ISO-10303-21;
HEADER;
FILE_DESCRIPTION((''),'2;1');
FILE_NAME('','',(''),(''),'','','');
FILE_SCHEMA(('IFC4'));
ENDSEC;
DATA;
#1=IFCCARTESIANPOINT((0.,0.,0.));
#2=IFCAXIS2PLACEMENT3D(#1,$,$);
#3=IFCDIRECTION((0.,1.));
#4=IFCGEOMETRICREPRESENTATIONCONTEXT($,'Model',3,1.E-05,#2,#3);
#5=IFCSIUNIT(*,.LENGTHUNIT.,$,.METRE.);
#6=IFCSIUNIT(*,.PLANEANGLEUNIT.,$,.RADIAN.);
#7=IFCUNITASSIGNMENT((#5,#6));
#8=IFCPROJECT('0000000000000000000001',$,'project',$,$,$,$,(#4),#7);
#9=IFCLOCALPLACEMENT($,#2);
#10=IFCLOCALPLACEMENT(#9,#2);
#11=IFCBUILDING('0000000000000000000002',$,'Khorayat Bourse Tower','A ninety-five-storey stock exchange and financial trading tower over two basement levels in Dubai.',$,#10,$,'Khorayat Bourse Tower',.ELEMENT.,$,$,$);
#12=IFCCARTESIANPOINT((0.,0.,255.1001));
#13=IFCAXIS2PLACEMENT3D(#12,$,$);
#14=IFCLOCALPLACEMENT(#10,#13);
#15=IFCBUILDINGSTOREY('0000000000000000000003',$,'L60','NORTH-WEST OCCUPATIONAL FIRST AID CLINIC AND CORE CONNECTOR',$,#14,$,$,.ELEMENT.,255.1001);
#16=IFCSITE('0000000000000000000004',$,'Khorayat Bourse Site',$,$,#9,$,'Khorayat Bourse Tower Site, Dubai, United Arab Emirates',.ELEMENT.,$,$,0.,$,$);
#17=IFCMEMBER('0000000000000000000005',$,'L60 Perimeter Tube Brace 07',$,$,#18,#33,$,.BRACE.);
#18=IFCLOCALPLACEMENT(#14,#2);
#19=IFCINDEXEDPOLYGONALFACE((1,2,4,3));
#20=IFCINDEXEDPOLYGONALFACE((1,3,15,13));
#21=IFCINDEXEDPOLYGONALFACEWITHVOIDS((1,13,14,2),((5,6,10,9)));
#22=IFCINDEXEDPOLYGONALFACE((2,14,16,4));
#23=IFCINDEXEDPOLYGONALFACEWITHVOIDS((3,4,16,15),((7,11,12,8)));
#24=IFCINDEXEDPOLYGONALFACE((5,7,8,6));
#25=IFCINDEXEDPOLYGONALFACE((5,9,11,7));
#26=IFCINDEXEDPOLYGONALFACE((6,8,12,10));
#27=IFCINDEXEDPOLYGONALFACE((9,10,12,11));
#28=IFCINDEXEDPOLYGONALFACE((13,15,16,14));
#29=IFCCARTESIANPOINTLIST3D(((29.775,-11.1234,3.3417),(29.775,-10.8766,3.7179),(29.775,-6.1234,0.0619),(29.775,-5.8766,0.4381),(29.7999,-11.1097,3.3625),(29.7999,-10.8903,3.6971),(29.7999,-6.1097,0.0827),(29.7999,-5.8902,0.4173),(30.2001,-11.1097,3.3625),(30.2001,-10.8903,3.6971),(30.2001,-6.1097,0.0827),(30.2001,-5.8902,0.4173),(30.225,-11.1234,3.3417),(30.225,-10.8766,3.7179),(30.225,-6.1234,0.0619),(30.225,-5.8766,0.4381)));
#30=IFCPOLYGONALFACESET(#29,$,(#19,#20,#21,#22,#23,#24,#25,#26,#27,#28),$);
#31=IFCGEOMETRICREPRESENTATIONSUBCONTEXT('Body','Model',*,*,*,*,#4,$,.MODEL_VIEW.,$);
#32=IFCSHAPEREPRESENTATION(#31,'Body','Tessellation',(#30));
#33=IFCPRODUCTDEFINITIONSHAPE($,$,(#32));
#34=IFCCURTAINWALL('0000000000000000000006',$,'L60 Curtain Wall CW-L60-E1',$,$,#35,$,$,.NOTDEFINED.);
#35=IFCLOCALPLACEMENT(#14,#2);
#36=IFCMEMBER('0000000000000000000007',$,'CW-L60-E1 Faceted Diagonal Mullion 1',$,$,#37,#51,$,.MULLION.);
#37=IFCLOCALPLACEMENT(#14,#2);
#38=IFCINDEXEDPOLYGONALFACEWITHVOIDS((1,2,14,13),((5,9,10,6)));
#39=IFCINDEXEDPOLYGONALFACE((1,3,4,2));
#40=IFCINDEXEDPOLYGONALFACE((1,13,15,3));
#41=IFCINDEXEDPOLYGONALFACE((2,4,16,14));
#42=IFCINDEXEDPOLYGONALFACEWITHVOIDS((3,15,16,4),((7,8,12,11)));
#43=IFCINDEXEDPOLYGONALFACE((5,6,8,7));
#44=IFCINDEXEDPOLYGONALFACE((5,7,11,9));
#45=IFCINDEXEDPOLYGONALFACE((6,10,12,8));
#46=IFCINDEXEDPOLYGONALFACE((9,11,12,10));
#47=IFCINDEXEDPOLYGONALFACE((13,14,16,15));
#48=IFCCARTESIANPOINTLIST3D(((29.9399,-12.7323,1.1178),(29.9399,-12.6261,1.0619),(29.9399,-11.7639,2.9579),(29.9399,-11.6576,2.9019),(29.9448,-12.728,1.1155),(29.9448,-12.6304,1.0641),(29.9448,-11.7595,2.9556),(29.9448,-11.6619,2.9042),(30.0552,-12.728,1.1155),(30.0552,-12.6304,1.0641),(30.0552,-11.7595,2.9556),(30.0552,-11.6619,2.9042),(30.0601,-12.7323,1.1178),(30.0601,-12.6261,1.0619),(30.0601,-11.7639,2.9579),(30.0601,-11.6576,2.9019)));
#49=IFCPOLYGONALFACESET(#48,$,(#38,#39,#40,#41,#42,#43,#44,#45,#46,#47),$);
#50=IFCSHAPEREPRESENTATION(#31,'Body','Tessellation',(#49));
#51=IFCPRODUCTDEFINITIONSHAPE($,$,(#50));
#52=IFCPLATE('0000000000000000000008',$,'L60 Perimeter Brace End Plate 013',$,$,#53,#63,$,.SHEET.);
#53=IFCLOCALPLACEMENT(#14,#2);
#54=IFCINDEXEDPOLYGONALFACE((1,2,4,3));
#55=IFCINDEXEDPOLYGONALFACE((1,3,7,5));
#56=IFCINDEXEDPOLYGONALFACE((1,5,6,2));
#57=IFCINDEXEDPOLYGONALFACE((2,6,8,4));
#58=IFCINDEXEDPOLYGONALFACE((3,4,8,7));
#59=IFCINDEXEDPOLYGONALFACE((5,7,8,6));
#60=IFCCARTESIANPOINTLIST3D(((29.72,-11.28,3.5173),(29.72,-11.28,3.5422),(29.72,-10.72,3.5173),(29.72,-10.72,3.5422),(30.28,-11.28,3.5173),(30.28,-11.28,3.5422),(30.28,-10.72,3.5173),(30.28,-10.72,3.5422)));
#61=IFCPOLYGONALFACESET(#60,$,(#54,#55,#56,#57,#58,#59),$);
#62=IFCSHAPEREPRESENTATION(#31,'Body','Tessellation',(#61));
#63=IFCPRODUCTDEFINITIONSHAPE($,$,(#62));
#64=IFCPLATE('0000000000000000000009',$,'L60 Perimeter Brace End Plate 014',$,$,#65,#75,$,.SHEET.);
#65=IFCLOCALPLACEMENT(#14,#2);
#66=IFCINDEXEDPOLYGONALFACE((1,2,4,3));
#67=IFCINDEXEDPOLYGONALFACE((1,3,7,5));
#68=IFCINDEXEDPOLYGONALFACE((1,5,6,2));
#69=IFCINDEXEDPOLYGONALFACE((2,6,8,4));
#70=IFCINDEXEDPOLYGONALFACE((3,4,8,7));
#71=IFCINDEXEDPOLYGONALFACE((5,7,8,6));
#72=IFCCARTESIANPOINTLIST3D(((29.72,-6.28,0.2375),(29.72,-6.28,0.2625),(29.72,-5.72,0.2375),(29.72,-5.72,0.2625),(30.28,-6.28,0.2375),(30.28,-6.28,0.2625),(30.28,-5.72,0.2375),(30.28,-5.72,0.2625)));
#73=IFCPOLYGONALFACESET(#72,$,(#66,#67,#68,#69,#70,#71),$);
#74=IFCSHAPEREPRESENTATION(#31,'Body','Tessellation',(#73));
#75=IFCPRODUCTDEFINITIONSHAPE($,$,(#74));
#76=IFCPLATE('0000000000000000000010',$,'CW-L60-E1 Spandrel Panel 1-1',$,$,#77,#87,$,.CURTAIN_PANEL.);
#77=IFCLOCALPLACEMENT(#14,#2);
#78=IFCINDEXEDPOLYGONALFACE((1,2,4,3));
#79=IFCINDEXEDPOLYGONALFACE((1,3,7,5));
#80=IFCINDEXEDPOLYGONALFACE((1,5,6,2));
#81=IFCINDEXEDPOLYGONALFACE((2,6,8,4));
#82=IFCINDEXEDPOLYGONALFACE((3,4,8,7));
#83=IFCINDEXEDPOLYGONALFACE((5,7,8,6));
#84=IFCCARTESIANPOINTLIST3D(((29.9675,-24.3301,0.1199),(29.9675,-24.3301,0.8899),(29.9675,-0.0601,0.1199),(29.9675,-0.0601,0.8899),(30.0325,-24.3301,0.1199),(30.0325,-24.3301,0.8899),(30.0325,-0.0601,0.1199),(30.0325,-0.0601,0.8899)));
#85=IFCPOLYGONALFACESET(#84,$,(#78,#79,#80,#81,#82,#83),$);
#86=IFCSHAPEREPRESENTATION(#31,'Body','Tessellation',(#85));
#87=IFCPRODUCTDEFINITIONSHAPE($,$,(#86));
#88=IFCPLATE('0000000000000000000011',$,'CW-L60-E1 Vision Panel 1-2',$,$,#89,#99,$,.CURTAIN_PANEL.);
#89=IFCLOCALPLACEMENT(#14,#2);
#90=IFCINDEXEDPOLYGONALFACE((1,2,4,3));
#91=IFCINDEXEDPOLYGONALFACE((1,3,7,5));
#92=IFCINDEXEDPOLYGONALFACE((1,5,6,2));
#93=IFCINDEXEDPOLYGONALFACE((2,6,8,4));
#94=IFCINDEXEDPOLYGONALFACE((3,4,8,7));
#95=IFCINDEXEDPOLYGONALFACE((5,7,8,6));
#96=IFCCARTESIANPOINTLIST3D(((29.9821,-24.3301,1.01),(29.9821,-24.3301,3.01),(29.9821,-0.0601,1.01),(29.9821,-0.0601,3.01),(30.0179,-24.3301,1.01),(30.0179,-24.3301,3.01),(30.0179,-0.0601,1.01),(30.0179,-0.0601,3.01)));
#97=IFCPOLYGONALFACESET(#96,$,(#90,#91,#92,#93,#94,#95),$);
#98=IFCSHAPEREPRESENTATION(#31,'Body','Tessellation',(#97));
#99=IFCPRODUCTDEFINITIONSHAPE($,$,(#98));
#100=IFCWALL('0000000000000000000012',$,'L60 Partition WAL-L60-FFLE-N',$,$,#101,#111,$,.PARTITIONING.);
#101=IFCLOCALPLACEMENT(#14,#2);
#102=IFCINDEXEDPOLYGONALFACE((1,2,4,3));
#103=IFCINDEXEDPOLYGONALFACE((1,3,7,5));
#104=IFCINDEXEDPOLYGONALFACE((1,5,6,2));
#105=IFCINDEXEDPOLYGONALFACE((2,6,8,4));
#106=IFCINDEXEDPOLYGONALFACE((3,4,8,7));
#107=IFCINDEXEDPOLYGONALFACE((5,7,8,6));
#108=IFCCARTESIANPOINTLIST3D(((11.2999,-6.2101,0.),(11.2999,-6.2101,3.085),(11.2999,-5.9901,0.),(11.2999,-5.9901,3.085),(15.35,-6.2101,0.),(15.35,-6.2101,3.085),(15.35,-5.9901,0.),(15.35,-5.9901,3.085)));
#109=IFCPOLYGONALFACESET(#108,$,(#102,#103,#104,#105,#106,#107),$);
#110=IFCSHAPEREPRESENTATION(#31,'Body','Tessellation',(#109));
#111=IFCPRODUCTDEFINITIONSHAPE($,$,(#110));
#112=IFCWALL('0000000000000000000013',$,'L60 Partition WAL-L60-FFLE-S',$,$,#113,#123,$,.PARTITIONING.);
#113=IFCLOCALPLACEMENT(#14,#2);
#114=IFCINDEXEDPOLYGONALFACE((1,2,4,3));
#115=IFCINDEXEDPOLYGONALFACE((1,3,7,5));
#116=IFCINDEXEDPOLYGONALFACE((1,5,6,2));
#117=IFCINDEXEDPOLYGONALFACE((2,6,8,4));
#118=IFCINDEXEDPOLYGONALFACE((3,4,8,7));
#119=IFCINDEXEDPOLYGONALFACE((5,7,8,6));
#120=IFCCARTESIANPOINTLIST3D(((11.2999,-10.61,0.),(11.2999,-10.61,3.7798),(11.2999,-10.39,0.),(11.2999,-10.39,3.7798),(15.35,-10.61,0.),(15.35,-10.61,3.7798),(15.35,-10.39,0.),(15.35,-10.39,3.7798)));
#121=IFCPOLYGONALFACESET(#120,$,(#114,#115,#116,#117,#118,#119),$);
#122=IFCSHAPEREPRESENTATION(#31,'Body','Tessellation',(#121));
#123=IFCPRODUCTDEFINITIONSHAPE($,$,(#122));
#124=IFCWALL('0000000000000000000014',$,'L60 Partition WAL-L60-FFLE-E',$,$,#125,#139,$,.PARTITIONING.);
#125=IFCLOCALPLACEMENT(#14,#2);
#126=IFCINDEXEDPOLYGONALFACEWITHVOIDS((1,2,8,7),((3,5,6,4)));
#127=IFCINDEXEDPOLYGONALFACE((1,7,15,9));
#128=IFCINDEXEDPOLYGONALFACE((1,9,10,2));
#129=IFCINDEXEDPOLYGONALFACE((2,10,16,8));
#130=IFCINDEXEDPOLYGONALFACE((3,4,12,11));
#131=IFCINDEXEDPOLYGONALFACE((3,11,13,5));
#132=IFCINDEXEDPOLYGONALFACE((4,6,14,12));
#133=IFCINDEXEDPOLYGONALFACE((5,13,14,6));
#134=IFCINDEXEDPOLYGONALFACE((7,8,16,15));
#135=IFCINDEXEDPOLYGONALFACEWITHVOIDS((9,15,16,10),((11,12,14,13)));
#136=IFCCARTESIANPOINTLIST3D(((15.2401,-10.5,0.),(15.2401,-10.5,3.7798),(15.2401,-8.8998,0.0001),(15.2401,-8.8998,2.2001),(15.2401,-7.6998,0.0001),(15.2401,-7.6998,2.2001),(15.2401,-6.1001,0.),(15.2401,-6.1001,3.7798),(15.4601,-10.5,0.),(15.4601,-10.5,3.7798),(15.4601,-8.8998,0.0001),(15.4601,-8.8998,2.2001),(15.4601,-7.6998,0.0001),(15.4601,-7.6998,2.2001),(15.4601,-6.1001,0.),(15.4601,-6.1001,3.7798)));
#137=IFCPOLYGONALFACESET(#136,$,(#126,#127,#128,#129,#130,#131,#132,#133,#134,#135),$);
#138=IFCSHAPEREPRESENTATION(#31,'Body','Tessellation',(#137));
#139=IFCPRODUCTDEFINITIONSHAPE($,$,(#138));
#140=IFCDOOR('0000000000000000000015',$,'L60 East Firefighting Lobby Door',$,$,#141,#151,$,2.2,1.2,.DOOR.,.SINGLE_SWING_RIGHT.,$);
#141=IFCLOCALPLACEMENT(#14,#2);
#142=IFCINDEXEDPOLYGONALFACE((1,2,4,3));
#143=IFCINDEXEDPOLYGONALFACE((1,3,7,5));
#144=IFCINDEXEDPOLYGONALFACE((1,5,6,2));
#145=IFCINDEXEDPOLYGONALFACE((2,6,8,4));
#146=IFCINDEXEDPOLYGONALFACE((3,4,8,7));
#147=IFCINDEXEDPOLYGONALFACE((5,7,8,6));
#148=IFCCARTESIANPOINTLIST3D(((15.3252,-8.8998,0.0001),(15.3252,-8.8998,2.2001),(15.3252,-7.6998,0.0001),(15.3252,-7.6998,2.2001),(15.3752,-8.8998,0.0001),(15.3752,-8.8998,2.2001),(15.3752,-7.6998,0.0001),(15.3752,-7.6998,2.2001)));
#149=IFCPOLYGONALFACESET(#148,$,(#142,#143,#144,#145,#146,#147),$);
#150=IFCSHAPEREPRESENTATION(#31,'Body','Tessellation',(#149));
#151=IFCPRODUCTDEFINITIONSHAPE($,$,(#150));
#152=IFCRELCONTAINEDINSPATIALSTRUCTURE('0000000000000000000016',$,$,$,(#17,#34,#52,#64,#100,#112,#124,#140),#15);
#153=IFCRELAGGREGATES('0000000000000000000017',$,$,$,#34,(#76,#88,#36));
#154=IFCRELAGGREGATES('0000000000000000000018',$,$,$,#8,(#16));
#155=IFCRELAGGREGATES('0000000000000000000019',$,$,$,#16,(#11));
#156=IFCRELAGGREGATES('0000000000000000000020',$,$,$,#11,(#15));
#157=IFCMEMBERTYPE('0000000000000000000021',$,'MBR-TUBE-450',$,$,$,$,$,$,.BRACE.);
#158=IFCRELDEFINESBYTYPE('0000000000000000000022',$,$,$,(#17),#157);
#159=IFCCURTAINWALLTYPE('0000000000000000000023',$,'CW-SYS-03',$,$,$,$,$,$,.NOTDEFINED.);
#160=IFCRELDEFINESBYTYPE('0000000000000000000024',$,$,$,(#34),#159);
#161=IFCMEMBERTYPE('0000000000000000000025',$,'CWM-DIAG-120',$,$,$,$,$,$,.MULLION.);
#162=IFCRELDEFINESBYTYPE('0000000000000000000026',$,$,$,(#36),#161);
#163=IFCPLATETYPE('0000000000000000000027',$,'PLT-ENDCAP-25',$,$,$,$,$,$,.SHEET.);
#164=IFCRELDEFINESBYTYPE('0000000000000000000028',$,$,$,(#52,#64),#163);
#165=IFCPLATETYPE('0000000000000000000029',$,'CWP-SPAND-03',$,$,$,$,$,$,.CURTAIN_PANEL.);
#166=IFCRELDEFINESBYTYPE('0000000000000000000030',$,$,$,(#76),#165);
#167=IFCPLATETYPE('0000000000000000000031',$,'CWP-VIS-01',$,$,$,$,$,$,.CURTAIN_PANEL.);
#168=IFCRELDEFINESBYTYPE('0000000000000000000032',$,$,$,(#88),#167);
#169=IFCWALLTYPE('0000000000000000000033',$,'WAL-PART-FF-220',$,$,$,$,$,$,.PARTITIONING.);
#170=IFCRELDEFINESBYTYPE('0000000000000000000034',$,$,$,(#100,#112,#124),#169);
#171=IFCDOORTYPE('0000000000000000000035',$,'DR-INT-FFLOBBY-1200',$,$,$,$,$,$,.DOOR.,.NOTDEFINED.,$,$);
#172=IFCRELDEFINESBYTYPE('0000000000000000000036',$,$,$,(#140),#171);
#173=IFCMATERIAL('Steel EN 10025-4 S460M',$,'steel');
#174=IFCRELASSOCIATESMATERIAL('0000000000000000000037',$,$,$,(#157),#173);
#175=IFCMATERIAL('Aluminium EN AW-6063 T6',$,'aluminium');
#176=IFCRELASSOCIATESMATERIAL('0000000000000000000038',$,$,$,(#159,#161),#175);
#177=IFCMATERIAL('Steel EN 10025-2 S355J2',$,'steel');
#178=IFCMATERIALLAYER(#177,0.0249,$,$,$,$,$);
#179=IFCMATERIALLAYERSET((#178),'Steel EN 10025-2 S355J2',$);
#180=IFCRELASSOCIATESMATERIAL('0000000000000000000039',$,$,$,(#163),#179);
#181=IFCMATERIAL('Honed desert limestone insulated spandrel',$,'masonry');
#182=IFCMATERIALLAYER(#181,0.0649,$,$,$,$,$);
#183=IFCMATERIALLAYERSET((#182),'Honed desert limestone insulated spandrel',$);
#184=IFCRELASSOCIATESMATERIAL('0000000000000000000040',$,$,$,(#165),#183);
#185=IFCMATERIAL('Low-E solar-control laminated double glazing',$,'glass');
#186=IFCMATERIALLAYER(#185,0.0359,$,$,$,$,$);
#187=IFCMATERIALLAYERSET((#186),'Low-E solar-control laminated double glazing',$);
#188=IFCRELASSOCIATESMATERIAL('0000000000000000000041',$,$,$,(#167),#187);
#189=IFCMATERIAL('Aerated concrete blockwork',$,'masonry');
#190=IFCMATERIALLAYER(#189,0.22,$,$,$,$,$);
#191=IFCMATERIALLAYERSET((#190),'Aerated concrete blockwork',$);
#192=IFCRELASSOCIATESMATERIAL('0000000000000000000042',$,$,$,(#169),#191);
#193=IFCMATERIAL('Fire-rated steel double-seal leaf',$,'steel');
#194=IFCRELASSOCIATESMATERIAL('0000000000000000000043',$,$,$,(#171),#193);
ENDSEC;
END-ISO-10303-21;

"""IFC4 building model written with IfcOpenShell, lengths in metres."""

from ifc_helpers import new_model, si_unit, direction, frame, frame_2d, origin, origin_2d, place, context, subcontext, project, spatial, rectangle, hollow_rectangle, extrude, source, transform, mapped, material, layer, layer_set, material_profile, profile_set, type_object, element, fill, aggregate, save


model = new_model("IFC4")

# Units and contexts
model_context = context("Model", 3, precision=1e-05, world=origin(), true_north=direction((0.0, 1.0)))
body_context = subcontext(model_context, "Body", "Model", "MODEL_VIEW")
ifc_project = project(units=[si_unit("LENGTHUNIT", "METRE"), si_unit("PLANEANGLEUNIT", "RADIAN")], contexts=[model_context])

# Site, building, storey
site_placement = place(None, origin())
site = spatial("IfcSite", under=ifc_project, at=site_placement, Name="Khorayat Bourse Site", LongName="Khorayat Bourse Tower Site, Dubai, United Arab Emirates", CompositionType="ELEMENT", RefElevation=0.0)
building_placement = place(site_placement, origin())
building = spatial("IfcBuilding", under=site, at=building_placement, Name="Khorayat Bourse Tower", Description="A ninety-five-storey stock exchange and financial trading tower over two basement levels in Dubai.", LongName="Khorayat Bourse Tower", CompositionType="ELEMENT")
storey_placement = place(building_placement, frame((0.0, 0.0, 255.1001)))
storey = spatial("IfcBuildingStorey", under=building, at=storey_placement, Name="L60", Description="NORTH-WEST OCCUPATIONAL FIRST AID CLINIC AND CORE CONNECTOR", CompositionType="ELEMENT", Elevation=255.1001)

# Shared definitions
ifc_material_1 = material(Name="Steel EN 10025-4 S460M", Category="steel")

# Member
ifc_material_profile_1 = material_profile(ifc_material_1, hollow_rectangle(XDim=0.45, YDim=0.45, WallThickness=0.0249, at=origin_2d()), Name="HSS 450x450x25")
ifc_profile_set_1 = profile_set([ifc_material_profile_1], Name="Steel EN 10025-4 S460M")
member_type_1 = type_object("IfcMemberType", Name="MBR-TUBE-450", PredefinedType="BRACE", material=ifc_profile_set_1)
shared_shape_1 = source(origin(), body_context, "Body", "SweptSolid", [
    extrude(hollow_rectangle(XDim=0.45, YDim=0.45, WallThickness=0.0249, at=origin_2d()), origin(), (0.0, 0.0, 1.0), 5.9797),
])
member_1_placement = place(storey_placement, frame((30.0, -11.0, 3.5298), z_axis=(0.0, 0.83616, -0.548485), x_axis=(-1.0, 0.0, 0.0)))
element("IfcMember", 1, at=member_1_placement, inside=storey, type_object=member_type_1, Name="L60 Perimeter Tube Brace 07", PredefinedType="BRACE", context=body_context, shape_type="MappedRepresentation", body=[
    mapped(shared_shape_1, transform((0.0, 0.0, 0.0), scale=1.0)),
])

# Curtain wall, member
ifc_material_2 = material(Name="Aluminium EN AW-6063 T6", Category="aluminium")
curtain_wall_type = type_object("IfcCurtainWallType", Name="CW-SYS-03", PredefinedType="NOTDEFINED", material=ifc_material_2)
curtain_wall_placement = place(storey_placement, origin())
curtain_wall = element("IfcCurtainWall", 2, at=curtain_wall_placement, inside=storey, type_object=curtain_wall_type, Name="L60 Curtain Wall CW-L60-E1", PredefinedType="NOTDEFINED")
ifc_material_profile_2 = material_profile(ifc_material_2, hollow_rectangle(XDim=0.1201, YDim=0.1201, WallThickness=0.0049, at=origin_2d()), Name="ALU 120x120x5")
ifc_profile_set_2 = profile_set([ifc_material_profile_2], Name="Aluminium EN AW-6063 T6")
member_type_2 = type_object("IfcMemberType", Name="CWM-DIAG-120", PredefinedType="MULLION", material=ifc_profile_set_2)
shared_shape_2 = source(origin(), body_context, "Body", "SweptSolid", [
    extrude(hollow_rectangle(XDim=0.1201, YDim=0.1201, WallThickness=0.0049, at=origin_2d()), origin(), (0.0, 0.0, 1.0), 2.0793),
])
member_2_placement = place(storey_placement, frame((30.0, -12.6792, 1.0898), z_axis=(0.0, 0.465761, 0.884911), x_axis=(-1.0, 0.0, 0.0)))
member_2 = element("IfcMember", 3, at=member_2_placement, type_object=member_type_2, Name="CW-L60-E1 Faceted Diagonal Mullion 1", PredefinedType="MULLION", context=body_context, shape_type="MappedRepresentation", body=[
    mapped(shared_shape_2, transform((0.0, 0.0, 0.0), scale=1.0)),
])

# Plates
ifc_material_3 = material(Name="Steel EN 10025-2 S355J2", Category="steel")
ifc_layer_1 = layer(ifc_material_3, 0.0249)
ifc_layer_set_1 = layer_set([ifc_layer_1], Name="Steel EN 10025-2 S355J2")
plate_type_1 = type_object("IfcPlateType", Name="PLT-ENDCAP-25", PredefinedType="SHEET", material=ifc_layer_set_1)
shared_shape_3 = source(origin(), body_context, "Body", "SweptSolid", [
    extrude(rectangle(XDim=0.5601, YDim=0.5601, at=origin_2d()), origin(), (0.0, 0.0, 1.0), 0.0249),
])
for number, where, z_axis, x_axis, name in (
    (4, (30.0, -11.0, 3.5173), (0.0, 0.0, 1.0), (1.0, 0.0, 0.0), "L60 Perimeter Brace End Plate 013"),
    (5, (30.0, -6.0, 0.2375), (0.0, 0.0, 1.0), (1.0, 0.0, 0.0), "L60 Perimeter Brace End Plate 014"),
):
    element("IfcPlate", number, at=place(storey_placement, frame(where, z_axis=z_axis, x_axis=x_axis)), inside=storey, type_object=plate_type_1, Name=name, PredefinedType="SHEET", context=body_context, shape_type="MappedRepresentation", body=[
        mapped(shared_shape_3, transform((0.0, 0.0, 0.0), scale=1.0)),
    ])

# Plates
ifc_material_4 = material(Name="Honed desert limestone insulated spandrel", Category="masonry")
ifc_layer_2 = layer(ifc_material_4, 0.0649)
ifc_layer_set_2 = layer_set([ifc_layer_2], Name="Honed desert limestone insulated spandrel")
plate_type_2 = type_object("IfcPlateType", Name="CWP-SPAND-03", PredefinedType="CURTAIN_PANEL", material=ifc_layer_set_2)
shared_shape_4 = source(origin(), body_context, "Body", "SweptSolid", [
    extrude(rectangle(XDim=24.27, YDim=0.0649, at=origin_2d()), origin(), (0.0, 0.0, 1.0), 0.77),
])
plate_1_placement = place(storey_placement, frame((30.0, -12.1951, 0.1199), z_axis=(0.0, 0.0, 1.0), x_axis=(0.0, 1.0, 0.0)))
plate_1 = element("IfcPlate", 6, at=plate_1_placement, type_object=plate_type_2, Name="CW-L60-E1 Spandrel Panel 1-1", PredefinedType="CURTAIN_PANEL", context=body_context, shape_type="MappedRepresentation", body=[
    mapped(shared_shape_4, transform((0.0, 0.0, 0.0), scale=1.0)),
])
ifc_material_5 = material(Name="Low-E solar-control laminated double glazing", Category="glass")
ifc_layer_3 = layer(ifc_material_5, 0.0359)
ifc_layer_set_3 = layer_set([ifc_layer_3], Name="Low-E solar-control laminated double glazing")
plate_type_3 = type_object("IfcPlateType", Name="CWP-VIS-01", PredefinedType="CURTAIN_PANEL", material=ifc_layer_set_3)
shared_shape_5 = source(origin(), body_context, "Body", "SweptSolid", [
    extrude(rectangle(XDim=24.27, YDim=0.0359, at=origin_2d()), origin(), (0.0, 0.0, 1.0), 2.0),
])
plate_2_placement = place(storey_placement, frame((30.0, -12.1951, 1.01), z_axis=(0.0, 0.0, 1.0), x_axis=(0.0, 1.0, 0.0)))
plate_2 = element("IfcPlate", 7, at=plate_2_placement, type_object=plate_type_3, Name="CW-L60-E1 Vision Panel 1-2", PredefinedType="CURTAIN_PANEL", context=body_context, shape_type="MappedRepresentation", body=[
    mapped(shared_shape_5, transform((0.0, 0.0, 0.0), scale=1.0)),
])
aggregate(curtain_wall, [plate_1, plate_2, member_2])

# Walls
ifc_material_6 = material(Name="Aerated concrete blockwork", Category="masonry")
ifc_layer_4 = layer(ifc_material_6, 0.22)
ifc_layer_set_4 = layer_set([ifc_layer_4], Name="Aerated concrete blockwork")
wall_type_1 = type_object("IfcWallType", Name="WAL-PART-FF-220", PredefinedType="PARTITIONING", material=ifc_layer_set_4)
shared_shape_6 = source(origin(), body_context, "Body", "SweptSolid", [
    extrude(rectangle(XDim=4.05, YDim=0.22, at=frame_2d((2.0249, 0.0))), origin(), (0.0, 0.0, 1.0), 3.085),
])
wall_1_placement = place(storey_placement, frame((11.3, -6.1001, 0.0), z_axis=(0.0, 0.0, 1.0), x_axis=(1.0, 0.0, 0.0)))
element("IfcWall", 8, at=wall_1_placement, inside=storey, type_object=wall_type_1, Name="L60 Partition WAL-L60-FFLE-N", PredefinedType="PARTITIONING", context=body_context, shape_type="MappedRepresentation", body=[
    mapped(shared_shape_6, transform((0.0, 0.0, 0.0), scale=1.0)),
])
shared_shape_7 = source(origin(), body_context, "Body", "SweptSolid", [
    extrude(rectangle(XDim=4.05, YDim=0.22, at=frame_2d((2.0249, 0.0))), origin(), (0.0, 0.0, 1.0), 3.7798),
])
wall_2_placement = place(storey_placement, frame((11.3, -10.5, 0.0), z_axis=(0.0, 0.0, 1.0), x_axis=(1.0, 0.0, 0.0)))
element("IfcWall", 9, at=wall_2_placement, inside=storey, type_object=wall_type_1, Name="L60 Partition WAL-L60-FFLE-S", PredefinedType="PARTITIONING", context=body_context, shape_type="MappedRepresentation", body=[
    mapped(shared_shape_7, transform((0.0, 0.0, 0.0), scale=1.0)),
])

# Wall, opening, door
shared_shape_8 = source(origin(), body_context, "Body", "SweptSolid", [
    extrude(rectangle(XDim=4.3999, YDim=0.22, at=frame_2d((2.2, 0.0))), origin(), (0.0, 0.0, 1.0), 3.7798),
])
wall_3_placement = place(storey_placement, frame((15.3501, -10.5, 0.0), z_axis=(0.0, 0.0, 1.0), x_axis=(0.0, 1.0, 0.0)))
wall_3 = element("IfcWall", 10, at=wall_3_placement, inside=storey, type_object=wall_type_1, Name="L60 Partition WAL-L60-FFLE-E", PredefinedType="PARTITIONING", context=body_context, shape_type="MappedRepresentation", body=[
    mapped(shared_shape_8, transform((0.0, 0.0, 0.0), scale=1.0)),
])
shared_shape_9 = source(origin(), body_context, "Body", "SweptSolid", [
    extrude(rectangle(XDim=1.2, YDim=2.2, at=frame_2d((0.6001, 1.1001))), frame((0.0, 0.1199, 0.0), z_axis=(0.0, -1.0, 0.0), x_axis=(1.0, 0.0, 0.0)), (0.0, 0.0, 1.0), 0.24),
])
opening_1_placement = place(wall_3_placement, frame((1.6001, 0.0, 0.0)))
opening_1 = element("IfcOpeningElement", 11, at=opening_1_placement, cuts=wall_3, PredefinedType="OPENING", context=body_context, shape_type="MappedRepresentation", body=[
    mapped(shared_shape_9, transform((0.0, 0.0, 0.0), scale=1.0)),
])
ifc_material_7 = material(Name="Fire-rated steel double-seal leaf", Category="steel")
door_type_1 = type_object("IfcDoorType", Name="DR-INT-FFLOBBY-1200", OperationType="NOTDEFINED", PredefinedType="DOOR", material=ifc_material_7)
shared_shape_10 = source(origin(), body_context, "Body", "SweptSolid", [
    extrude(rectangle(XDim=1.2, YDim=2.2, at=frame_2d((0.6001, 1.1001))), frame((0.0, 0.0249, 0.0), z_axis=(0.0, -1.0, 0.0), x_axis=(1.0, 0.0, 0.0)), (0.0, 0.0, 1.0), 0.05),
])
door_1_placement = place(opening_1_placement, origin())
door_1 = element("IfcDoor", 12, at=door_1_placement, inside=storey, type_object=door_type_1, Name="L60 East Firefighting Lobby Door", OperationType="SINGLE_SWING_RIGHT", OverallHeight=2.2, OverallWidth=1.2, PredefinedType="DOOR", context=body_context, shape_type="MappedRepresentation", body=[
    mapped(shared_shape_10, transform((0.0, 0.0, 0.0), scale=1.0)),
])
fill(opening_1, door_1)

save(model, "model.ifc")
